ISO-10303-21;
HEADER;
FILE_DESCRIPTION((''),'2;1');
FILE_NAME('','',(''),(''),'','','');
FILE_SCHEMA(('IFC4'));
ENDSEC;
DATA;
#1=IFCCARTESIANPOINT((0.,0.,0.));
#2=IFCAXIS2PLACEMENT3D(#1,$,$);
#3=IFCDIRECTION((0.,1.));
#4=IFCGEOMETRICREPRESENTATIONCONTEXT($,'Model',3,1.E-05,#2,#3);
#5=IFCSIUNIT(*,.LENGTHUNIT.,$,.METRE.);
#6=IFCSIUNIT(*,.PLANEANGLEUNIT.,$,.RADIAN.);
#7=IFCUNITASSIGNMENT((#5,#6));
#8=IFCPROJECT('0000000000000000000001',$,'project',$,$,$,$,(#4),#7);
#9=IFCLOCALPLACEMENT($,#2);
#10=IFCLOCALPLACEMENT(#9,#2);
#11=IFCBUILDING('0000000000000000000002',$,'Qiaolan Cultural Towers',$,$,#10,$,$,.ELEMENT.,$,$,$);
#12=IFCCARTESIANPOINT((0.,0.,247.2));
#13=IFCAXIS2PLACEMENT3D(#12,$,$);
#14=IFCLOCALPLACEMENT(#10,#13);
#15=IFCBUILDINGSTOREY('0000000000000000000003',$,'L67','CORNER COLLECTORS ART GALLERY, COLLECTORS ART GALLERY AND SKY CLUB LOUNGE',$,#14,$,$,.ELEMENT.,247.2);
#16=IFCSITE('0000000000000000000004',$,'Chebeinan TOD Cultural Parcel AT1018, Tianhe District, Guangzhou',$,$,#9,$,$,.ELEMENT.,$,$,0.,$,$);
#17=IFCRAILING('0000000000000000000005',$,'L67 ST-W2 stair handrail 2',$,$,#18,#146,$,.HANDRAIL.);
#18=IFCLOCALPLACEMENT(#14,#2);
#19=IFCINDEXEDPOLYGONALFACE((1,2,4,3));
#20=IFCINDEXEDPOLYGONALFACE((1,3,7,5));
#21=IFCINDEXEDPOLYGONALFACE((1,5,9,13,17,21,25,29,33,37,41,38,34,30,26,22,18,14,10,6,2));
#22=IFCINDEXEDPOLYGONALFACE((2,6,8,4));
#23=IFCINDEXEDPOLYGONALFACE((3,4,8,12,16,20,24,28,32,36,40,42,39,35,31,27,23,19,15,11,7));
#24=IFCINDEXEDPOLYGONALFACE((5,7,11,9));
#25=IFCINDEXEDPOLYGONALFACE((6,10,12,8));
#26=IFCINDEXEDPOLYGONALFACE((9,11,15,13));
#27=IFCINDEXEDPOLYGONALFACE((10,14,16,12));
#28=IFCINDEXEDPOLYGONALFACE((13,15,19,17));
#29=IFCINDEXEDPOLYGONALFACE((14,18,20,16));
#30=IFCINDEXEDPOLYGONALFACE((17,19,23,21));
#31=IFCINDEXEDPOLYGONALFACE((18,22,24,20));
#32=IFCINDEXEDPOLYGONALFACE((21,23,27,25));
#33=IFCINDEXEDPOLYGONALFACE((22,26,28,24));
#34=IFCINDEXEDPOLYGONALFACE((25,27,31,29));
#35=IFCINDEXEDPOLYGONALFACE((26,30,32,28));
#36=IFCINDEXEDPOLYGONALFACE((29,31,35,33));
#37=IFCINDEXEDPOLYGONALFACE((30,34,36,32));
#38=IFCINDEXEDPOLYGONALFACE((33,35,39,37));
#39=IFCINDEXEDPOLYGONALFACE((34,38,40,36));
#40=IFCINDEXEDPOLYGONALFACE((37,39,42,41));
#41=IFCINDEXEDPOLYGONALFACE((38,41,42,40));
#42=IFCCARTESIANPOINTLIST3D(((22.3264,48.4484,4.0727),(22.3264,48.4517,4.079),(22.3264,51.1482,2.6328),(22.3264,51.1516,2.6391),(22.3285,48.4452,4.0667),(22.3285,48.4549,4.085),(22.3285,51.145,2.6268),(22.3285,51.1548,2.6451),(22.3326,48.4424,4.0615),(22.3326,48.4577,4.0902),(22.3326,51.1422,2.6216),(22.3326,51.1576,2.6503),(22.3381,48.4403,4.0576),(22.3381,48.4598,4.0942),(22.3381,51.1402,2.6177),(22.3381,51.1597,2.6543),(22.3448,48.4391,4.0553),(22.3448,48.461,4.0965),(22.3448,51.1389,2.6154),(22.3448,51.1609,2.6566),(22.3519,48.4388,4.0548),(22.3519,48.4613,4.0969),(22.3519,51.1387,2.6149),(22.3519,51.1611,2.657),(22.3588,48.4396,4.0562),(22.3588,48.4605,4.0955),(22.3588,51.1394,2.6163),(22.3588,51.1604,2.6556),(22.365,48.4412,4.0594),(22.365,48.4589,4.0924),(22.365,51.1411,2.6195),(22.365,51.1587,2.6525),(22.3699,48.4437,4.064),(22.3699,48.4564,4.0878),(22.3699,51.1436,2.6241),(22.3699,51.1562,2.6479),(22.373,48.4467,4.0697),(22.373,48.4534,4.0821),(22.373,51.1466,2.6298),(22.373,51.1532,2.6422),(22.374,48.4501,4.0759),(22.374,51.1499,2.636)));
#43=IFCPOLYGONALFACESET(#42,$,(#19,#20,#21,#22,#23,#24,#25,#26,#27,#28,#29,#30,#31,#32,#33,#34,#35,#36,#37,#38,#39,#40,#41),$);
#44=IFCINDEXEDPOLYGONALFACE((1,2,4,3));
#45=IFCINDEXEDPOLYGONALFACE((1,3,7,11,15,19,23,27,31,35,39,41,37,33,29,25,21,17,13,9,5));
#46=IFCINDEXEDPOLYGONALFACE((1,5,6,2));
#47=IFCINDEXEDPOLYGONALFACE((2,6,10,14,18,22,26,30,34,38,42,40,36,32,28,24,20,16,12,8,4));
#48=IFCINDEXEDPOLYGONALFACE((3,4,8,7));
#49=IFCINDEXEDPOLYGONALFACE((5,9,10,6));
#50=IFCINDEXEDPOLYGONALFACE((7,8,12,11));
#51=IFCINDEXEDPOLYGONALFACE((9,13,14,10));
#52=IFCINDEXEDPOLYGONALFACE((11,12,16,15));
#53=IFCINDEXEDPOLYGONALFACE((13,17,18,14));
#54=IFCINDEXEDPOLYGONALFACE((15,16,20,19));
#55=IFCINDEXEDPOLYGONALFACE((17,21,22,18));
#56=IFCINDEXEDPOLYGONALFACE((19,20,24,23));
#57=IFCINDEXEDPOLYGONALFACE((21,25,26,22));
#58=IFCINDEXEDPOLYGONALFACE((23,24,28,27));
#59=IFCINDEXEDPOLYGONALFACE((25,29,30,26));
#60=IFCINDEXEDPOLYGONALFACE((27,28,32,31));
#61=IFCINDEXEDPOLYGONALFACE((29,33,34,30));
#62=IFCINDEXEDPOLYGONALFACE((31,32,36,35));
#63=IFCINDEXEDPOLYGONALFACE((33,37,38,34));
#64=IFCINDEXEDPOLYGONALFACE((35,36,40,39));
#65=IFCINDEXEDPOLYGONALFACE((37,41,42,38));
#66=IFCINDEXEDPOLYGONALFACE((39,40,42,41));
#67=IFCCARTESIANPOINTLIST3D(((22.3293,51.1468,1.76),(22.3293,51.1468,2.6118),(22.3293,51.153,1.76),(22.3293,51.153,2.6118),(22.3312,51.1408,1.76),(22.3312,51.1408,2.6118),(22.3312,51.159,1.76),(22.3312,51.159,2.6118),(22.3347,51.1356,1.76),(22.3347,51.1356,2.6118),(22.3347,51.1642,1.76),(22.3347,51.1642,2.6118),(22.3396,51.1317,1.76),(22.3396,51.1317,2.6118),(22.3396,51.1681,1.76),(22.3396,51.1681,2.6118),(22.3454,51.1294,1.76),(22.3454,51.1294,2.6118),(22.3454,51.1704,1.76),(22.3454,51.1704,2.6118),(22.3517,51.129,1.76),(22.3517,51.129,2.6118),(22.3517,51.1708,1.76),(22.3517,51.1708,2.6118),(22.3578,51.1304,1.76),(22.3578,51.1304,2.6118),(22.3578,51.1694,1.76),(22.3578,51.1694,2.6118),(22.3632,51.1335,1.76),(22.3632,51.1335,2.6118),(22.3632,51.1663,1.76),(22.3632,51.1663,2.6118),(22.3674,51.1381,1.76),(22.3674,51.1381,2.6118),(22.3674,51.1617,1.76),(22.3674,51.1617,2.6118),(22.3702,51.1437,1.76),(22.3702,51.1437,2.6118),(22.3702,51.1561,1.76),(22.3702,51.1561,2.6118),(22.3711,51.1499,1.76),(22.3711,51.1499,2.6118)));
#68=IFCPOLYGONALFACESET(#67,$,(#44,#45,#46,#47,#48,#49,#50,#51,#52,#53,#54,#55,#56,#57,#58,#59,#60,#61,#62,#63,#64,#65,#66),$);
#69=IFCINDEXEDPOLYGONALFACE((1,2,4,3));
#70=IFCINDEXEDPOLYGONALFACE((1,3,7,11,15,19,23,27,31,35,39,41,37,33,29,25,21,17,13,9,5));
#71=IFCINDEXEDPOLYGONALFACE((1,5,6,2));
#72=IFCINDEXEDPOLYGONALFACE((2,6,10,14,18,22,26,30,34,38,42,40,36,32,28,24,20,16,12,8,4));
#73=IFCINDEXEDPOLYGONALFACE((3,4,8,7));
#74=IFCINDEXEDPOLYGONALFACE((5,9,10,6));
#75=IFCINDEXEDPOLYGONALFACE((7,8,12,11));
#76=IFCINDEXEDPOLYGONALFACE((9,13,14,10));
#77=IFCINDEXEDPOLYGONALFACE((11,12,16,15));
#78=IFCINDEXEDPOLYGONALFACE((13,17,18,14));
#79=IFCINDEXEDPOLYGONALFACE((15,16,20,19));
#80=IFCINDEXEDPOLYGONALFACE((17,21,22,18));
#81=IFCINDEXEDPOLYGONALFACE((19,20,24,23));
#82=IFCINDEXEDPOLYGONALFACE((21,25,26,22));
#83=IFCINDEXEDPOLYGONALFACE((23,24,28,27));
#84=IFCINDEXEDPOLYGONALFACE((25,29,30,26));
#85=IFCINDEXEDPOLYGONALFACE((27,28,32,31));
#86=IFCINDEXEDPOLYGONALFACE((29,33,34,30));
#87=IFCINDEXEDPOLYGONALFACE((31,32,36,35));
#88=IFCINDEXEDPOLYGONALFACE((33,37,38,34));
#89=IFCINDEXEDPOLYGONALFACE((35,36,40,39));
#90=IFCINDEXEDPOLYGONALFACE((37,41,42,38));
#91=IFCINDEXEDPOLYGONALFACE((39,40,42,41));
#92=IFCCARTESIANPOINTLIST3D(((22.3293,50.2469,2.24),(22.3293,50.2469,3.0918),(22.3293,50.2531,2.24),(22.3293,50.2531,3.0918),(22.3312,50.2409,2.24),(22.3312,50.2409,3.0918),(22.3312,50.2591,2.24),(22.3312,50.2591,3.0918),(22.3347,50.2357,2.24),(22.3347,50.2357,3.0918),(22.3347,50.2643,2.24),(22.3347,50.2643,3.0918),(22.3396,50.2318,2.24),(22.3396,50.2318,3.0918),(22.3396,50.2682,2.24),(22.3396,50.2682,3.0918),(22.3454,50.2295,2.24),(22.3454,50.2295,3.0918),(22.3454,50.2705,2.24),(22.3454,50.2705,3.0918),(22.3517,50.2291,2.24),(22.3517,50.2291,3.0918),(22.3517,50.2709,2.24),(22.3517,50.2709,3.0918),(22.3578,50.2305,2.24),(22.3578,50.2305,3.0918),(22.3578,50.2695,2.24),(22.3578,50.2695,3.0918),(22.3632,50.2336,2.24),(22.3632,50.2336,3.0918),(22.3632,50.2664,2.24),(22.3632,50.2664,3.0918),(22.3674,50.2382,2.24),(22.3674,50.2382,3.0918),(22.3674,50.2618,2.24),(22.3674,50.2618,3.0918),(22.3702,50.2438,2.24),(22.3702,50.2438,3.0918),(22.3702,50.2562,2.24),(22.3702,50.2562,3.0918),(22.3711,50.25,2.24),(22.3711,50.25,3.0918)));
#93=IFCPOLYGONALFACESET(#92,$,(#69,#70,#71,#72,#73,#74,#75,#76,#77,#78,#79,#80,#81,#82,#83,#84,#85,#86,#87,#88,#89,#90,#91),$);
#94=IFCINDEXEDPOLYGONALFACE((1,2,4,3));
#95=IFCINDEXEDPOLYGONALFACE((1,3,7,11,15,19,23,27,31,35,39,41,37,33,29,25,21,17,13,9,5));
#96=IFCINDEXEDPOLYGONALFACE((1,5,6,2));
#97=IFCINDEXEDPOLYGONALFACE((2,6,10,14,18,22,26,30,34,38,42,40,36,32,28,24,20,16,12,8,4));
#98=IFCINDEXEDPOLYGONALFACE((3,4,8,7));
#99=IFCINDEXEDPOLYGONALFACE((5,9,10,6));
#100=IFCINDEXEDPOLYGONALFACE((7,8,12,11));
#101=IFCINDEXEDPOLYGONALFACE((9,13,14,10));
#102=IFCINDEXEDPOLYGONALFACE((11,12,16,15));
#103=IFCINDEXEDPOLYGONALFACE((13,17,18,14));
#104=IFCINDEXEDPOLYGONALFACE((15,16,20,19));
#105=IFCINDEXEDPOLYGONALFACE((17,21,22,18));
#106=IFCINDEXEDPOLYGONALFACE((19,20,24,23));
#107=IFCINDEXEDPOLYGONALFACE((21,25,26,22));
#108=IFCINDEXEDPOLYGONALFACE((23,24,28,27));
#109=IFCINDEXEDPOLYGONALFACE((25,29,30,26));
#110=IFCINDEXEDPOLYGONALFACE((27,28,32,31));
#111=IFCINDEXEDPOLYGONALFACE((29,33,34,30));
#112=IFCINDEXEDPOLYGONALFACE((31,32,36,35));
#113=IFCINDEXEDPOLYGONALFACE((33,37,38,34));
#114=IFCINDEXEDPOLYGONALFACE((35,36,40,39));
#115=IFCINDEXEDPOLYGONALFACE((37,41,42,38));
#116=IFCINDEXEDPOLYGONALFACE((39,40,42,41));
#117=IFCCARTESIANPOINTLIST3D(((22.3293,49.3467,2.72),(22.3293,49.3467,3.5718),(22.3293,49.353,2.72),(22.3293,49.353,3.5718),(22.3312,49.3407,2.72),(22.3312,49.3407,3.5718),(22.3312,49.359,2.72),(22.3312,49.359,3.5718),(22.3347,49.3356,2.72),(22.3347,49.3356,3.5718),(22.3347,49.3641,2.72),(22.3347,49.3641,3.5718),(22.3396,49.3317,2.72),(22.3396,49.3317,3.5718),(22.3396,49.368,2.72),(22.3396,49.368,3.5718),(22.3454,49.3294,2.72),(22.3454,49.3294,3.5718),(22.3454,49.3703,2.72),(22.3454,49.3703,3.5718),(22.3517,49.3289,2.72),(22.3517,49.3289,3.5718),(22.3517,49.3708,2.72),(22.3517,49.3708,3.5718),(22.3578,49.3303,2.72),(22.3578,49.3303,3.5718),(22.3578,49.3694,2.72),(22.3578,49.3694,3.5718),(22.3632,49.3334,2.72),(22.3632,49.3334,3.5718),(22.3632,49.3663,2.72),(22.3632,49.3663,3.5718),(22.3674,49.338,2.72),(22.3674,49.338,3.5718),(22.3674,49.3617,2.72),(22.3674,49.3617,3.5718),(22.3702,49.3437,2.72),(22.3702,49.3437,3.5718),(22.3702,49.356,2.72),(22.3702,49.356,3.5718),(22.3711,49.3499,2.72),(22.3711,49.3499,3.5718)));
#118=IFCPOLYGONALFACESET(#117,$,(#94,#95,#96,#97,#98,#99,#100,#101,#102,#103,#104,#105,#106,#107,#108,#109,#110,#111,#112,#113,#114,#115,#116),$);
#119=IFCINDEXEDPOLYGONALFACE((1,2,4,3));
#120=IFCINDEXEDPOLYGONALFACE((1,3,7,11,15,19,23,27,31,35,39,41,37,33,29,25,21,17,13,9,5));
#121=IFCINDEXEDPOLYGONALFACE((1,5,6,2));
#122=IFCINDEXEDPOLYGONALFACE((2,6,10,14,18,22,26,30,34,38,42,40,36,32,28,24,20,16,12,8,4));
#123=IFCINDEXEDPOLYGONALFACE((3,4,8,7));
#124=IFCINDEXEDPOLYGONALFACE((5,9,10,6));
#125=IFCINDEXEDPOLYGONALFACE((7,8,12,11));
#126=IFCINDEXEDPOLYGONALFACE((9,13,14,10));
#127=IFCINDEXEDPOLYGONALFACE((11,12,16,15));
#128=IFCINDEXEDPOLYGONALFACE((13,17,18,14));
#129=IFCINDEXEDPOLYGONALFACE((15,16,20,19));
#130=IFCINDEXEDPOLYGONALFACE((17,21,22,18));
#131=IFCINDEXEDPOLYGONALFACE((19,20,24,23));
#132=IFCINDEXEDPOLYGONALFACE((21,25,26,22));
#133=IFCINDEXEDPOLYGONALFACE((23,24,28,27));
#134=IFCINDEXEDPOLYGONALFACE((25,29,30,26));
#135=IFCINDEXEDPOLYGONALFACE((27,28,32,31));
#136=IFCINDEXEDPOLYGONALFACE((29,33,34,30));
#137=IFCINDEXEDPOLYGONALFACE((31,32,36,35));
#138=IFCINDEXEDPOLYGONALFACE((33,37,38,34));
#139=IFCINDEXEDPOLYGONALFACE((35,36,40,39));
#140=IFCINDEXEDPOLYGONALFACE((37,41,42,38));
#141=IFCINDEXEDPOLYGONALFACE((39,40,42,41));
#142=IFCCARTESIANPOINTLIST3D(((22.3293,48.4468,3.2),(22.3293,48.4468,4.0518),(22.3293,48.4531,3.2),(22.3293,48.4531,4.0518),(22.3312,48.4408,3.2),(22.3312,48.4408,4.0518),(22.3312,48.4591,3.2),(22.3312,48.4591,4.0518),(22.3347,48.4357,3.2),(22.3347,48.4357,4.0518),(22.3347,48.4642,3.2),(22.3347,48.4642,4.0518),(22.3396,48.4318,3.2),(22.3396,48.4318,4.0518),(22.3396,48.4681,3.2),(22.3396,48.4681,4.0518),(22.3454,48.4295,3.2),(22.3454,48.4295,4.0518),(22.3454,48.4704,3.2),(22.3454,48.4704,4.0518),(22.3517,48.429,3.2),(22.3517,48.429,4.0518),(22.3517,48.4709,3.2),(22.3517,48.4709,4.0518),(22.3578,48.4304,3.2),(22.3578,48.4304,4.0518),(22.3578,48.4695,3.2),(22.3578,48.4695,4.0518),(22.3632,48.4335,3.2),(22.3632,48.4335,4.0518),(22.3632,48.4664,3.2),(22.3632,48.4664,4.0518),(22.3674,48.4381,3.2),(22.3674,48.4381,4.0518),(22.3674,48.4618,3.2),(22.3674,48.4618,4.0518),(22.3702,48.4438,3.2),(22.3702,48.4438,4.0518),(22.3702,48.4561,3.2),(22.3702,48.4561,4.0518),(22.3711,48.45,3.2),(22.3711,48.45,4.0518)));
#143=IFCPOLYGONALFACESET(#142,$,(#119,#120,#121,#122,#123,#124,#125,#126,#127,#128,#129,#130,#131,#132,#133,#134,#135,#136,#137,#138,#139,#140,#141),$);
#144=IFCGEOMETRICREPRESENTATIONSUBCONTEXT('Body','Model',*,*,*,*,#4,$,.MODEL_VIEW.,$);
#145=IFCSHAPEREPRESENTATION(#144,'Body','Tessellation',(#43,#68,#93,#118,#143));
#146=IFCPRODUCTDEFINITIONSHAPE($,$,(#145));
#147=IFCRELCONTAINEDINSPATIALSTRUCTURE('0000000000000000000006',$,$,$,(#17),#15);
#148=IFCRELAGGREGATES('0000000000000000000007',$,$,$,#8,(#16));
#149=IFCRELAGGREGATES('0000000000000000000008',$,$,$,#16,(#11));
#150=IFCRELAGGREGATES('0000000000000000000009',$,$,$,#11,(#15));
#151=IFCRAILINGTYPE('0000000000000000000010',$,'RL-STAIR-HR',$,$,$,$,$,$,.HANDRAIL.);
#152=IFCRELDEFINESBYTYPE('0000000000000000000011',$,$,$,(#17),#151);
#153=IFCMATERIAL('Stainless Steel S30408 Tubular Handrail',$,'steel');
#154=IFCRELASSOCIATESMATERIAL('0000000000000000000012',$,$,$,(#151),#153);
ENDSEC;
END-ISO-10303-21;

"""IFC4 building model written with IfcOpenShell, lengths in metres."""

from ifc_helpers import new_model, si_unit, direction, frame, origin, origin_2d, place, context, subcontext, project, spatial, circle, extrude, material, type_object, element, save


model = new_model("IFC4")

# Units and contexts
model_context = context("Model", 3, precision=1e-05, world=origin(), true_north=direction((0.0, 1.0)))
body_context = subcontext(model_context, "Body", "Model", "MODEL_VIEW")
ifc_project = project(units=[si_unit("LENGTHUNIT", "METRE"), si_unit("PLANEANGLEUNIT", "RADIAN")], contexts=[model_context])

# Site, building, storey
site_placement = place(None, origin())
site = spatial("IfcSite", under=ifc_project, at=site_placement, Name="Chebeinan TOD Cultural Parcel AT1018, Tianhe District, Guangzhou", CompositionType="ELEMENT", RefElevation=0.0)
building_placement = place(site_placement, origin())
building = spatial("IfcBuilding", under=site, at=building_placement, Name="Qiaolan Cultural Towers", CompositionType="ELEMENT")
storey_placement = place(building_placement, frame((0.0, 0.0, 247.2)))
storey = spatial("IfcBuildingStorey", under=building, at=storey_placement, Name="L67", Description="CORNER COLLECTORS ART GALLERY, COLLECTORS ART GALLERY AND SKY CLUB LOUNGE", CompositionType="ELEMENT", Elevation=247.2)

# Railing
ifc_material_1 = material(Name="Stainless Steel S30408 Tubular Handrail", Category="steel")
railing_type_1 = type_object("IfcRailingType", Name="RL-STAIR-HR", PredefinedType="HANDRAIL", material=ifc_material_1)
railing_1_placement = place(storey_placement, frame((22.3501, 51.1499, 1.76)))
element("IfcRailing", 1, at=railing_1_placement, inside=storey, type_object=railing_type_1, Name="L67 ST-W2 stair handrail 2", PredefinedType="HANDRAIL", context=body_context, shape_type="SweptSolid", body=[
    extrude(circle(Radius=0.0239, at=origin_2d()), frame((0.0, 0.0, 0.876), z_axis=(0.0, -0.882357, 0.47058), x_axis=(1.0, 0.0, 0.0)), (0.0, 0.0, 1.0), 3.0598),
    extrude(circle(Radius=0.021, at=origin_2d()), origin(), (0.0, 0.0, 1.0), 0.8518),
    extrude(circle(Radius=0.021, at=origin_2d()), frame((0.0, -0.8999, 0.48)), (0.0, 0.0, 1.0), 0.8518),
    extrude(circle(Radius=0.021, at=origin_2d()), frame((0.0, -1.8, 0.96)), (0.0, 0.0, 1.0), 0.8518),
    extrude(circle(Radius=0.021, at=origin_2d()), frame((0.0, -2.7, 1.4399)), (0.0, 0.0, 1.0), 0.8518),
])

save(model, "model.ifc")
